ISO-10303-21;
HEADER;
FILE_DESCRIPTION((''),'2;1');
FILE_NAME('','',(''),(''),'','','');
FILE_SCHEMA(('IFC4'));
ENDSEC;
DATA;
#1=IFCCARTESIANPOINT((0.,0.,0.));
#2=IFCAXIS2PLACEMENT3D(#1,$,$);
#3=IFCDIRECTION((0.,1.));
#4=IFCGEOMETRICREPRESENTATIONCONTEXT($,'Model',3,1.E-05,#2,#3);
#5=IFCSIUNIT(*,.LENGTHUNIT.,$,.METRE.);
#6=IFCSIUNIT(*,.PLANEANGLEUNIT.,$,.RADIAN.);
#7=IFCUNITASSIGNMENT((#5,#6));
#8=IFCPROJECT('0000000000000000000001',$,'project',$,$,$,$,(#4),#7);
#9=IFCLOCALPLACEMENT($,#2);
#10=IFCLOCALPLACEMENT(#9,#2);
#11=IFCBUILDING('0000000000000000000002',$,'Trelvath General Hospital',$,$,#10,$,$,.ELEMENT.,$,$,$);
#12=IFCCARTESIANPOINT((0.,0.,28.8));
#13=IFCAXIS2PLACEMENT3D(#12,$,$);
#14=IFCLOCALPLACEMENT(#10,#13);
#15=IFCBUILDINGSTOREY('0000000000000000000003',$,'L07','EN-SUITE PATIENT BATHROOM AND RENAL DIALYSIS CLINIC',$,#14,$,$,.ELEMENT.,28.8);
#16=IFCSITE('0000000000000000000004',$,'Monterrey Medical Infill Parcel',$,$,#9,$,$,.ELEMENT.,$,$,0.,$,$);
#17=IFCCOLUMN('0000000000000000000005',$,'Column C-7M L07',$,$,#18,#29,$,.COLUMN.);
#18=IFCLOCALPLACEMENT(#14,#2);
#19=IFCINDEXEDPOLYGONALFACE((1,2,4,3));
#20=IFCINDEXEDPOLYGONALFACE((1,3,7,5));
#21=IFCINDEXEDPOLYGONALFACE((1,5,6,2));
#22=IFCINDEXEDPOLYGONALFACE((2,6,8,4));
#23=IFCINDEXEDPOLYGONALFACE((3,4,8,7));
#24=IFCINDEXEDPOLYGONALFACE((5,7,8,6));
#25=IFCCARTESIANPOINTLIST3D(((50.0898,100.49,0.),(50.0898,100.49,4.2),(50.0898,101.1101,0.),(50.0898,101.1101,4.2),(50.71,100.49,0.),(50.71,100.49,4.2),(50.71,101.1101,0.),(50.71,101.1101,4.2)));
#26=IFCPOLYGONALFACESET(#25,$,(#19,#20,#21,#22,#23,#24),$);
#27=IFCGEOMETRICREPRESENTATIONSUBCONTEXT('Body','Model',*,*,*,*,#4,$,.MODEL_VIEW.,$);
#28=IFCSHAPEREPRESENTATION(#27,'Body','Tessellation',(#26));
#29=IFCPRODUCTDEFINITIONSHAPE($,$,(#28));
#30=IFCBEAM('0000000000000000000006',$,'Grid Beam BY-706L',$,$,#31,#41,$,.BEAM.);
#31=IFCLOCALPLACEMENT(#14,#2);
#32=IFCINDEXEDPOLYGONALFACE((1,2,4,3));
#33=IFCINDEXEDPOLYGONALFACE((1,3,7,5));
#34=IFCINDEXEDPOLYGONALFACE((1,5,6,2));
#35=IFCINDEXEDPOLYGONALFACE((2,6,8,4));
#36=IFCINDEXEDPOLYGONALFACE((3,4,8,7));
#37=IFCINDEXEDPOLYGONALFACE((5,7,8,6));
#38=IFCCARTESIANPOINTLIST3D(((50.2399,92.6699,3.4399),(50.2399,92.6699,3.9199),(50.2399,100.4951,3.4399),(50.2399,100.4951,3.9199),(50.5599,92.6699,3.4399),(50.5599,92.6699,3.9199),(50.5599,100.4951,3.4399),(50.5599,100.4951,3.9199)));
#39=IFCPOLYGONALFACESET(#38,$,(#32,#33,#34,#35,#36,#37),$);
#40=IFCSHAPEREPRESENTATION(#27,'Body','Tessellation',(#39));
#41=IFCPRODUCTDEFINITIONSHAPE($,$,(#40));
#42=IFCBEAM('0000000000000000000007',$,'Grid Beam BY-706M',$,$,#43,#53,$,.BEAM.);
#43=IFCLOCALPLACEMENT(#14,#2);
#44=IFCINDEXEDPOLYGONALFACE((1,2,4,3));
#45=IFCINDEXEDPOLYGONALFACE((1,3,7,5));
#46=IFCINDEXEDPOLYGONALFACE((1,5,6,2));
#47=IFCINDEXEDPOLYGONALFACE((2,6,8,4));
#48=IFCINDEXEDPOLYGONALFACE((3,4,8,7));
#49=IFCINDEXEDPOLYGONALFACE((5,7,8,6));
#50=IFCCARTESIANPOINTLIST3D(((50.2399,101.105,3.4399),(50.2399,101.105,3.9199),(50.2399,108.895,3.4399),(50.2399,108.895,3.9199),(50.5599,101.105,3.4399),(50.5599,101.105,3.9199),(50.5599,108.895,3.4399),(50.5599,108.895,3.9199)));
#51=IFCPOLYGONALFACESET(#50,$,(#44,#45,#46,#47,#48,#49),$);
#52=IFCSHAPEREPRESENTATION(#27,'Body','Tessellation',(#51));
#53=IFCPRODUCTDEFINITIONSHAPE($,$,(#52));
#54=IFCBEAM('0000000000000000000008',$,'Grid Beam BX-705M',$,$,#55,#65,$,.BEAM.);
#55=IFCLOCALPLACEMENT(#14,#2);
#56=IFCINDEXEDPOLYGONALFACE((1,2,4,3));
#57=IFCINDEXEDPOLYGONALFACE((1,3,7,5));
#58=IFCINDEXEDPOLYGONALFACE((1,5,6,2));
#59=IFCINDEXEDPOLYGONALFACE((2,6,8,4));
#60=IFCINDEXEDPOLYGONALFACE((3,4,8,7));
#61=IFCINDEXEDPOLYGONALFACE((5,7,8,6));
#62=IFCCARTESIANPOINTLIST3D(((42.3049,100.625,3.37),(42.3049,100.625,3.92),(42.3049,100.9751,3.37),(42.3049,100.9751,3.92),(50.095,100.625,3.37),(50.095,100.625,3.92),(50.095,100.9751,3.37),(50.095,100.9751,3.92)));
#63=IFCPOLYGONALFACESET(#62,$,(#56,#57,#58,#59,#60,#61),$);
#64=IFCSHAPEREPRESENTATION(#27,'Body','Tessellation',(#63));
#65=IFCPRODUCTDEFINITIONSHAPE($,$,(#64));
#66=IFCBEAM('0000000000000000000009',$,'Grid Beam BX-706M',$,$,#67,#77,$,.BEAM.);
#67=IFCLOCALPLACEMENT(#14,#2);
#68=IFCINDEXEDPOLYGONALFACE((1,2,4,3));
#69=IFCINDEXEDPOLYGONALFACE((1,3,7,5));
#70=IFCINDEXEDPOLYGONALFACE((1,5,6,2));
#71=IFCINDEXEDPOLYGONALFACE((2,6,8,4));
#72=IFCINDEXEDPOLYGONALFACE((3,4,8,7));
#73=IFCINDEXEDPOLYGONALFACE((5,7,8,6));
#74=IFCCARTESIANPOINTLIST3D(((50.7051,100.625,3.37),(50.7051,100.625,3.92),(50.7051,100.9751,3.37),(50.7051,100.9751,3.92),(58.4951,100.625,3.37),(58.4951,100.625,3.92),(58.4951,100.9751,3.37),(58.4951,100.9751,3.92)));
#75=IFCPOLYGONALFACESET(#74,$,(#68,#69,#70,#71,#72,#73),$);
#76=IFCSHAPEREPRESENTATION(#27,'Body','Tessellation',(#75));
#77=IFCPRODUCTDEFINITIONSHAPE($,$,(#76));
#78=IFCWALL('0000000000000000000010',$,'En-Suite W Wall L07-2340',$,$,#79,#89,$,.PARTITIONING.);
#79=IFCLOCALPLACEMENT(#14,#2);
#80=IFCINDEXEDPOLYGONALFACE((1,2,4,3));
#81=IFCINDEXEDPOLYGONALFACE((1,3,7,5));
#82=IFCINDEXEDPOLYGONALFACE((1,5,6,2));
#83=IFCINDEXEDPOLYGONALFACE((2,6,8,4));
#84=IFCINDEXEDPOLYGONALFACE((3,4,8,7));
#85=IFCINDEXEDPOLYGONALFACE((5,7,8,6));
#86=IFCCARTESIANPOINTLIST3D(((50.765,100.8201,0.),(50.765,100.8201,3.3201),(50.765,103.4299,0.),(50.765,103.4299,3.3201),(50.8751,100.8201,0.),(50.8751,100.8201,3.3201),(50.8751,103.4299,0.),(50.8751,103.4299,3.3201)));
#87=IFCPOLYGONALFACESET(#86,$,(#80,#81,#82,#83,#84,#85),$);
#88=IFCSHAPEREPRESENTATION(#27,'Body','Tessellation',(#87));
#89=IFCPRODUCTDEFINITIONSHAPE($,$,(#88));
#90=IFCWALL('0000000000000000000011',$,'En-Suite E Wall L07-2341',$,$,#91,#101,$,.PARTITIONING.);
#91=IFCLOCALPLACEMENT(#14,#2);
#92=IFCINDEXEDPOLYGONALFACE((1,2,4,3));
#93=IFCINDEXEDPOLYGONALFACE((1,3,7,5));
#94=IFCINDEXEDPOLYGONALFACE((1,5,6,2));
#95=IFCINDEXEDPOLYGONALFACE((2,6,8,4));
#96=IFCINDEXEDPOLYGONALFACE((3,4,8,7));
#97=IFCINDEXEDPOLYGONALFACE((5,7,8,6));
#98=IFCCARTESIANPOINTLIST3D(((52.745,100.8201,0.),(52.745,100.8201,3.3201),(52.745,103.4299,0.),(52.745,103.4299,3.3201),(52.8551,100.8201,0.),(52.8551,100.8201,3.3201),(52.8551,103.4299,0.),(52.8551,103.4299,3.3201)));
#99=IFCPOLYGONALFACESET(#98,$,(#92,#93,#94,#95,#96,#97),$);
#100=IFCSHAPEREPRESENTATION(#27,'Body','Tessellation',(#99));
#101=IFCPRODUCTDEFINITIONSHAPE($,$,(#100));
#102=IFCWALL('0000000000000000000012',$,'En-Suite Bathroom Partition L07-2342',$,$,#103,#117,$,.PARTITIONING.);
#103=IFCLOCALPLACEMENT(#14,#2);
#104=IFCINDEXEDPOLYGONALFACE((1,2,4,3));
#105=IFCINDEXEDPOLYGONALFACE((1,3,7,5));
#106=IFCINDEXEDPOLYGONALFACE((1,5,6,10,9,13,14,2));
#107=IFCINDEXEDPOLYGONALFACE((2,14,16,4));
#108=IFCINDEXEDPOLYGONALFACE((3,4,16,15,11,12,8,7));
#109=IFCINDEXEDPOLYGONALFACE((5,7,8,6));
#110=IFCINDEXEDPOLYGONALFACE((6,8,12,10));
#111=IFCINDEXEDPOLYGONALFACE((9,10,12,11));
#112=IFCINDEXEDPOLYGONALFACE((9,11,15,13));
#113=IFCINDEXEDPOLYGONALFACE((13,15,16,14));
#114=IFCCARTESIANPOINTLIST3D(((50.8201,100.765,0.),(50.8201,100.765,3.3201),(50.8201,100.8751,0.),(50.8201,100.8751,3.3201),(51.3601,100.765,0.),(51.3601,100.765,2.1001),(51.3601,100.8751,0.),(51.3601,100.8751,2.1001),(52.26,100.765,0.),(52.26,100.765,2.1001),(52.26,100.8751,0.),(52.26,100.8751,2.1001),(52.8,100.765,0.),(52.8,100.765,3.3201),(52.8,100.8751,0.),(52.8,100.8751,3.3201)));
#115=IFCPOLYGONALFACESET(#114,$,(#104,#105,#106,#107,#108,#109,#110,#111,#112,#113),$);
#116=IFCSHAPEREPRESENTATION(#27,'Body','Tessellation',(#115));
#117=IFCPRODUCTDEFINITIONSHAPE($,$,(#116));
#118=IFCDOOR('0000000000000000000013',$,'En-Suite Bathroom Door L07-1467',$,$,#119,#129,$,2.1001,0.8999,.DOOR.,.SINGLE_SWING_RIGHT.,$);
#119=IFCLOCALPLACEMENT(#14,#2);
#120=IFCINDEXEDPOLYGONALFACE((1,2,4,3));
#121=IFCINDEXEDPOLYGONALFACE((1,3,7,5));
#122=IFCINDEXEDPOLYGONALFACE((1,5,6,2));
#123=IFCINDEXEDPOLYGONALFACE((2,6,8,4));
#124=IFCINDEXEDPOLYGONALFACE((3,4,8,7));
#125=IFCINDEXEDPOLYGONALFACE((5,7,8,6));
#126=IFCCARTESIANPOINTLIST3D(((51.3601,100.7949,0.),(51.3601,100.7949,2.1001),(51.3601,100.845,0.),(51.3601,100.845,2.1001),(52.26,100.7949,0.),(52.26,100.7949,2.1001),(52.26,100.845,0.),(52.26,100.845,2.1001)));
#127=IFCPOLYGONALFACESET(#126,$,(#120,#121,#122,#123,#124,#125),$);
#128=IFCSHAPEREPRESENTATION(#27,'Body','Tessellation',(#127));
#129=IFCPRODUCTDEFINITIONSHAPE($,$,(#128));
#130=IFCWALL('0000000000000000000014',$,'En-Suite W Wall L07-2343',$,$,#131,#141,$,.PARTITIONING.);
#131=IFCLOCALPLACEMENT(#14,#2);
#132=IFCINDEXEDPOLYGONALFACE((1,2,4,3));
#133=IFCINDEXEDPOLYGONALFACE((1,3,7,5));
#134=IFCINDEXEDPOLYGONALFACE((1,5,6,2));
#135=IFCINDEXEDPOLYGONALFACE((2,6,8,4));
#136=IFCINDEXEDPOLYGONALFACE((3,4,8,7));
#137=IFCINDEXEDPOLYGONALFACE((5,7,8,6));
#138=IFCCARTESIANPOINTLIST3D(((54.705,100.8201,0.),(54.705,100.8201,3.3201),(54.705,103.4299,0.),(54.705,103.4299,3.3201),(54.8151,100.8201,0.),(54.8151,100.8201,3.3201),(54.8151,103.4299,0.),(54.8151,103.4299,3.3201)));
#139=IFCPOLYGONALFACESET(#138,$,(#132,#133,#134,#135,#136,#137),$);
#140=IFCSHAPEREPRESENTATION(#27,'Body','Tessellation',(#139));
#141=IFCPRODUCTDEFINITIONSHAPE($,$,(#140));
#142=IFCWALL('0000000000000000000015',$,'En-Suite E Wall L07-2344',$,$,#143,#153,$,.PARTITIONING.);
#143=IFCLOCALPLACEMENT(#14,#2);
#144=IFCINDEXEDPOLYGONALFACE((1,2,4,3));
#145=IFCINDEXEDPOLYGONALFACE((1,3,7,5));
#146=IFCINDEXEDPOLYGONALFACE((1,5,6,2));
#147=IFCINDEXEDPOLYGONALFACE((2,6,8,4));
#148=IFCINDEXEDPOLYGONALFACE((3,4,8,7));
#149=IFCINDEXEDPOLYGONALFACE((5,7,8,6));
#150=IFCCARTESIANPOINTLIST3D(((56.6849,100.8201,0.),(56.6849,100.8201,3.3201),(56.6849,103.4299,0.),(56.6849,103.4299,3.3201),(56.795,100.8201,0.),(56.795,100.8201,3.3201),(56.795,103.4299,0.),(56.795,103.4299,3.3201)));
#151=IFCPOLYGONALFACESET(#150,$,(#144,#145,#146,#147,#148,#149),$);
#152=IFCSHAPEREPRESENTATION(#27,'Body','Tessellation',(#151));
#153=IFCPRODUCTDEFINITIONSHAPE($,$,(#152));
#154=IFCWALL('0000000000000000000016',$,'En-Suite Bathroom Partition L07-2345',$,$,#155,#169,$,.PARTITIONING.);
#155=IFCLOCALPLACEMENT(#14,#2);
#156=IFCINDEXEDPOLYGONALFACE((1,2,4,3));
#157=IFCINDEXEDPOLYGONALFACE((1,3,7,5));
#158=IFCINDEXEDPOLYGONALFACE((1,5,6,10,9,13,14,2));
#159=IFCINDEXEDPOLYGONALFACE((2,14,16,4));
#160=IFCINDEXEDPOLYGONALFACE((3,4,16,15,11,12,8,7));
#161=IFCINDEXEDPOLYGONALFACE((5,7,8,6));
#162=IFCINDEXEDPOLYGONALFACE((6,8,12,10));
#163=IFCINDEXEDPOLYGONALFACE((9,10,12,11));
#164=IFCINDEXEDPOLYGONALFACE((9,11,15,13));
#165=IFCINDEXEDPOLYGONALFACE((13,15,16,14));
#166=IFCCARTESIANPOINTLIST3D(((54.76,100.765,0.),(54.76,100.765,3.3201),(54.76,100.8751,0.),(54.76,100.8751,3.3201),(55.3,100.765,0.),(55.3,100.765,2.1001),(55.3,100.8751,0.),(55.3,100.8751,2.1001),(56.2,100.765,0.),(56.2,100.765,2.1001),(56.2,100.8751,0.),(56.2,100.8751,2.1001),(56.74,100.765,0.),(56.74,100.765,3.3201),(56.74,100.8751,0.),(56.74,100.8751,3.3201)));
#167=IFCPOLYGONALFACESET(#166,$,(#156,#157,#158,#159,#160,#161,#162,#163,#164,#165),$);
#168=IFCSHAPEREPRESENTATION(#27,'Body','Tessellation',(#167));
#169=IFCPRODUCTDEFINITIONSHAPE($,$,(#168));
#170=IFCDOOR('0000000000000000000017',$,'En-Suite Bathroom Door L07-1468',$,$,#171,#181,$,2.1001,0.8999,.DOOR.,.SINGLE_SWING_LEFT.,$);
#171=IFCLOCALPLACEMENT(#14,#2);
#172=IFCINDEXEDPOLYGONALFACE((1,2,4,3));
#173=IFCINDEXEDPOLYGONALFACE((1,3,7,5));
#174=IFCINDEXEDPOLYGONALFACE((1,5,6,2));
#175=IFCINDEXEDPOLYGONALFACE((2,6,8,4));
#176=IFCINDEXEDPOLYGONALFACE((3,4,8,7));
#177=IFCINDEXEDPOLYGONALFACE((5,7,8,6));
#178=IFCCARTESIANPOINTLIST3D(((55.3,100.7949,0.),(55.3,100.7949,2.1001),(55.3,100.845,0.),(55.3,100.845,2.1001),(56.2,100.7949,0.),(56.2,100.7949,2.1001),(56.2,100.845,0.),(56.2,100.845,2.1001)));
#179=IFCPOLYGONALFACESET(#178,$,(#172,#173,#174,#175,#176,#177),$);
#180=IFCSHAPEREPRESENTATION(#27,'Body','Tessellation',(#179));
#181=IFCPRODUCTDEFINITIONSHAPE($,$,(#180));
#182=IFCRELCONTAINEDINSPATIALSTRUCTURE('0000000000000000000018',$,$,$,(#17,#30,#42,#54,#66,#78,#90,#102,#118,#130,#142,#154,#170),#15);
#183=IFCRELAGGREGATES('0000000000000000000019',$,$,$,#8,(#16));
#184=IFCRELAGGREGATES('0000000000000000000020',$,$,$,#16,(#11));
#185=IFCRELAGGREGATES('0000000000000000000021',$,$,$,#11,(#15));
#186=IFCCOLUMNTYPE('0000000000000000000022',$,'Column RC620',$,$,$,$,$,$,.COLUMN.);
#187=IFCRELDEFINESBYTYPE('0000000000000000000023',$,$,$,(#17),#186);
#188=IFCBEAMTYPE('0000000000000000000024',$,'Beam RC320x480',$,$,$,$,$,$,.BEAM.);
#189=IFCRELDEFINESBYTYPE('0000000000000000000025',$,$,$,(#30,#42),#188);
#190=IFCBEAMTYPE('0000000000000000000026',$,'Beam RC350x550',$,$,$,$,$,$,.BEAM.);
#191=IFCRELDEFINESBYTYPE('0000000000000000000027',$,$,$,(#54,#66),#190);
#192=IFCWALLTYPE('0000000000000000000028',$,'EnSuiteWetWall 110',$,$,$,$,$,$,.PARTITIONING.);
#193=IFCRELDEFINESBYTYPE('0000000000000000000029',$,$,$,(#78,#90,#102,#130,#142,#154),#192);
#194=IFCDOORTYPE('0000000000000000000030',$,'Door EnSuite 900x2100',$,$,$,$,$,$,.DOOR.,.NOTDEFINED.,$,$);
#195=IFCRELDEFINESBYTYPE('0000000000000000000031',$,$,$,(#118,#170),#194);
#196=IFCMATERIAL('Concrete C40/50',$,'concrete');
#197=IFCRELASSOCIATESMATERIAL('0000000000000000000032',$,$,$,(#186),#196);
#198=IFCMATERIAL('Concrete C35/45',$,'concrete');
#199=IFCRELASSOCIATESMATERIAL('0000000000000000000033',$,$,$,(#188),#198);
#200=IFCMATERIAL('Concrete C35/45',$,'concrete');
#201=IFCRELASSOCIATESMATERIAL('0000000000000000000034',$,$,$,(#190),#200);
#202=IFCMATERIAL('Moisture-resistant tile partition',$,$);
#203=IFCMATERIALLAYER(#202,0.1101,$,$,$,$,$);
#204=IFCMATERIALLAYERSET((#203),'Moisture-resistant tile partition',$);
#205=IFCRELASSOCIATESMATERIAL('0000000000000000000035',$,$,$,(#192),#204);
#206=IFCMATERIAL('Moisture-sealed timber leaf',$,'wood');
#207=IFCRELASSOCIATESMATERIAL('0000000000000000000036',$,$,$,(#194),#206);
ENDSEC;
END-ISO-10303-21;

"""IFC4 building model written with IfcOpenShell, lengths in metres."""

from ifc_helpers import new_model, si_unit, direction, frame, frame_2d, origin, origin_2d, place, context, subcontext, project, spatial, rectangle, extrude, material, layer, layer_set, material_profile, profile_set, type_object, element, fill, save


model = new_model("IFC4")

# Units and contexts
model_context = context("Model", 3, precision=1e-05, world=origin(), true_north=direction((0.0, 1.0)))
body_context = subcontext(model_context, "Body", "Model", "MODEL_VIEW")
ifc_project = project(units=[si_unit("LENGTHUNIT", "METRE"), si_unit("PLANEANGLEUNIT", "RADIAN")], contexts=[model_context])

# Site, building, storey
site_placement = place(None, origin())
site = spatial("IfcSite", under=ifc_project, at=site_placement, Name="Monterrey Medical Infill Parcel", CompositionType="ELEMENT", RefElevation=0.0)
building_placement = place(site_placement, origin())
building = spatial("IfcBuilding", under=site, at=building_placement, Name="Trelvath General Hospital", CompositionType="ELEMENT")
storey_placement = place(building_placement, frame((0.0, 0.0, 28.8)))
storey = spatial("IfcBuildingStorey", under=building, at=storey_placement, Name="L07", Description="EN-SUITE PATIENT BATHROOM AND RENAL DIALYSIS CLINIC", CompositionType="ELEMENT", Elevation=28.8)

# Column
ifc_material_1 = material(Name="Concrete C40/50", Category="concrete")
ifc_material_profile_1 = material_profile(ifc_material_1, rectangle(XDim=0.6201, YDim=0.6201, at=origin_2d()), Name="RC620x620")
ifc_profile_set_1 = profile_set([ifc_material_profile_1], Name="Concrete C40/50")
column_type = type_object("IfcColumnType", Name="Column RC620", PredefinedType="COLUMN", material=ifc_profile_set_1)
column_placement = place(storey_placement, frame((50.3999, 100.8, 0.0), z_axis=(0.0, 0.0, 1.0), x_axis=(1.0, 0.0, 0.0)))
element("IfcColumn", 1, at=column_placement, inside=storey, type_object=column_type, Name="Column C-7M L07", PredefinedType="COLUMN", context=body_context, shape_type="SweptSolid", body=[
    extrude(rectangle(XDim=0.6201, YDim=0.6201, at=origin_2d()), origin(), (0.0, 0.0, 1.0), 4.2),
])

# Beams
ifc_material_2 = material(Name="Concrete C35/45", Category="concrete")
ifc_material_profile_2 = material_profile(ifc_material_2, rectangle(XDim=0.3201, YDim=0.48, at=origin_2d()), Name="RCB320x480")
ifc_profile_set_2 = profile_set([ifc_material_profile_2], Name="Concrete C35/45")
beam_type_1 = type_object("IfcBeamType", Name="Beam RC320x480", PredefinedType="BEAM", material=ifc_profile_set_2)
beam_1_placement = place(storey_placement, frame((50.3999, 92.6699, 3.6799), z_axis=(0.0, 1.0, 0.0), x_axis=(-1.0, 0.0, 0.0)))
element("IfcBeam", 2, at=beam_1_placement, inside=storey, type_object=beam_type_1, Name="Grid Beam BY-706L", PredefinedType="BEAM", context=body_context, shape_type="SweptSolid", body=[
    extrude(rectangle(XDim=0.3201, YDim=0.48, at=origin_2d()), origin(), (0.0, 0.0, 1.0), 7.8252),
])
beam_2_placement = place(storey_placement, frame((50.3999, 101.105, 3.6799), z_axis=(0.0, 1.0, 0.0), x_axis=(-1.0, 0.0, 0.0)))
element("IfcBeam", 3, at=beam_2_placement, inside=storey, type_object=beam_type_1, Name="Grid Beam BY-706M", PredefinedType="BEAM", context=body_context, shape_type="SweptSolid", body=[
    extrude(rectangle(XDim=0.3201, YDim=0.48, at=origin_2d()), origin(), (0.0, 0.0, 1.0), 7.79),
])
ifc_material_3 = material(Name="Concrete C35/45", Category="concrete")
ifc_material_profile_3 = material_profile(ifc_material_3, rectangle(XDim=0.3501, YDim=0.55, at=origin_2d()), Name="RCB350x550")
ifc_profile_set_3 = profile_set([ifc_material_profile_3], Name="Concrete C35/45")
beam_type_2 = type_object("IfcBeamType", Name="Beam RC350x550", PredefinedType="BEAM", material=ifc_profile_set_3)
for number, where, z_axis, x_axis, name in (
    (4, (42.3049, 100.8, 3.645), (1.0, 0.0, 0.0), (0.0, 1.0, 0.0), "Grid Beam BX-705M"),
    (5, (50.7051, 100.8, 3.645), (1.0, 0.0, 0.0), (0.0, 1.0, 0.0), "Grid Beam BX-706M"),
):
    element("IfcBeam", number, at=place(storey_placement, frame(where, z_axis=z_axis, x_axis=x_axis)), inside=storey, type_object=beam_type_2, Name=name, PredefinedType="BEAM", context=body_context, shape_type="SweptSolid", body=[
        extrude(rectangle(XDim=0.3501, YDim=0.55, at=origin_2d()), origin(), (0.0, 0.0, 1.0), 7.79),
    ])

# Walls
ifc_material_4 = material(Name="Moisture-resistant tile partition")
ifc_layer_1 = layer(ifc_material_4, 0.1101)
ifc_layer_set_1 = layer_set([ifc_layer_1], Name="Moisture-resistant tile partition")
wall_type_1 = type_object("IfcWallType", Name="EnSuiteWetWall 110", PredefinedType="PARTITIONING", material=ifc_layer_set_1)
for number, where, z_axis, x_axis, name in (
    (6, (50.8201, 100.8201, 0.0), (0.0, 0.0, 1.0), (0.0, 1.0, 0.0), "En-Suite W Wall L07-2340"),
    (7, (52.8, 100.8201, 0.0), (0.0, 0.0, 1.0), (0.0, 1.0, 0.0), "En-Suite E Wall L07-2341"),
):
    element("IfcWall", number, at=place(storey_placement, frame(where, z_axis=z_axis, x_axis=x_axis)), inside=storey, type_object=wall_type_1, Name=name, PredefinedType="PARTITIONING", context=body_context, shape_type="SweptSolid", body=[
        extrude(rectangle(XDim=2.6099, YDim=0.1101, at=frame_2d((1.3049, 0.0))), origin(), (0.0, 0.0, 1.0), 3.3201),
    ])

# Wall, opening, door
wall_1_placement = place(storey_placement, frame((50.8201, 100.8201, 0.0), z_axis=(0.0, 0.0, 1.0), x_axis=(1.0, 0.0, 0.0)))
wall_1 = element("IfcWall", 8, at=wall_1_placement, inside=storey, type_object=wall_type_1, Name="En-Suite Bathroom Partition L07-2342", PredefinedType="PARTITIONING", context=body_context, shape_type="SweptSolid", body=[
    extrude(rectangle(XDim=1.98, YDim=0.1101, at=frame_2d((0.99, 0.0))), origin(), (0.0, 0.0, 1.0), 3.3201),
])
opening_1_placement = place(wall_1_placement, frame((0.54, 0.0, 0.0)))
opening_1 = element("IfcOpeningElement", 9, at=opening_1_placement, cuts=wall_1, PredefinedType="OPENING", context=body_context, shape_type="SweptSolid", body=[
    extrude(rectangle(XDim=0.8999, YDim=2.1001, at=frame_2d((0.45, 1.05))), frame((0.0, 0.0649, 0.0), z_axis=(0.0, -1.0, 0.0), x_axis=(1.0, 0.0, 0.0)), (0.0, 0.0, 1.0), 0.1301),
])
ifc_material_5 = material(Name="Moisture-sealed timber leaf", Category="wood")
door_type_1 = type_object("IfcDoorType", Name="Door EnSuite 900x2100", OperationType="NOTDEFINED", PredefinedType="DOOR", material=ifc_material_5)
door_1_placement = place(opening_1_placement, origin())
door_1 = element("IfcDoor", 10, at=door_1_placement, inside=storey, type_object=door_type_1, Name="En-Suite Bathroom Door L07-1467", OperationType="SINGLE_SWING_RIGHT", OverallHeight=2.1001, OverallWidth=0.8999, PredefinedType="DOOR", context=body_context, shape_type="SweptSolid", body=[
    extrude(rectangle(XDim=0.8999, YDim=2.1001, at=frame_2d((0.45, 1.05))), frame((0.0, 0.0249, 0.0), z_axis=(0.0, -1.0, 0.0), x_axis=(1.0, 0.0, 0.0)), (0.0, 0.0, 1.0), 0.05),
])
fill(opening_1, door_1)

# Walls
for number, where, z_axis, x_axis, name in (
    (11, (54.76, 100.8201, 0.0), (0.0, 0.0, 1.0), (0.0, 1.0, 0.0), "En-Suite W Wall L07-2343"),
    (12, (56.74, 100.8201, 0.0), (0.0, 0.0, 1.0), (0.0, 1.0, 0.0), "En-Suite E Wall L07-2344"),
):
    element("IfcWall", number, at=place(storey_placement, frame(where, z_axis=z_axis, x_axis=x_axis)), inside=storey, type_object=wall_type_1, Name=name, PredefinedType="PARTITIONING", context=body_context, shape_type="SweptSolid", body=[
        extrude(rectangle(XDim=2.6099, YDim=0.1101, at=frame_2d((1.3049, 0.0))), origin(), (0.0, 0.0, 1.0), 3.3201),
    ])

# Wall, opening, door
wall_2_placement = place(storey_placement, frame((54.76, 100.8201, 0.0), z_axis=(0.0, 0.0, 1.0), x_axis=(1.0, 0.0, 0.0)))
wall_2 = element("IfcWall", 13, at=wall_2_placement, inside=storey, type_object=wall_type_1, Name="En-Suite Bathroom Partition L07-2345", PredefinedType="PARTITIONING", context=body_context, shape_type="SweptSolid", body=[
    extrude(rectangle(XDim=1.98, YDim=0.1101, at=frame_2d((0.99, 0.0))), origin(), (0.0, 0.0, 1.0), 3.3201),
])
opening_2_placement = place(wall_2_placement, frame((0.54, 0.0, 0.0)))
opening_2 = element("IfcOpeningElement", 14, at=opening_2_placement, cuts=wall_2, PredefinedType="OPENING", context=body_context, shape_type="SweptSolid", body=[
    extrude(rectangle(XDim=0.8999, YDim=2.1001, at=frame_2d((0.45, 1.05))), frame((0.0, 0.0649, 0.0), z_axis=(0.0, -1.0, 0.0), x_axis=(1.0, 0.0, 0.0)), (0.0, 0.0, 1.0), 0.1301),
])
door_2_placement = place(opening_2_placement, origin())
door_2 = element("IfcDoor", 15, at=door_2_placement, inside=storey, type_object=door_type_1, Name="En-Suite Bathroom Door L07-1468", OperationType="SINGLE_SWING_LEFT", OverallHeight=2.1001, OverallWidth=0.8999, PredefinedType="DOOR", context=body_context, shape_type="SweptSolid", body=[
    extrude(rectangle(XDim=0.8999, YDim=2.1001, at=frame_2d((0.45, 1.05))), frame((0.0, 0.0249, 0.0), z_axis=(0.0, -1.0, 0.0), x_axis=(1.0, 0.0, 0.0)), (0.0, 0.0, 1.0), 0.05),
])
fill(opening_2, door_2)

save(model, "model.ifc")
